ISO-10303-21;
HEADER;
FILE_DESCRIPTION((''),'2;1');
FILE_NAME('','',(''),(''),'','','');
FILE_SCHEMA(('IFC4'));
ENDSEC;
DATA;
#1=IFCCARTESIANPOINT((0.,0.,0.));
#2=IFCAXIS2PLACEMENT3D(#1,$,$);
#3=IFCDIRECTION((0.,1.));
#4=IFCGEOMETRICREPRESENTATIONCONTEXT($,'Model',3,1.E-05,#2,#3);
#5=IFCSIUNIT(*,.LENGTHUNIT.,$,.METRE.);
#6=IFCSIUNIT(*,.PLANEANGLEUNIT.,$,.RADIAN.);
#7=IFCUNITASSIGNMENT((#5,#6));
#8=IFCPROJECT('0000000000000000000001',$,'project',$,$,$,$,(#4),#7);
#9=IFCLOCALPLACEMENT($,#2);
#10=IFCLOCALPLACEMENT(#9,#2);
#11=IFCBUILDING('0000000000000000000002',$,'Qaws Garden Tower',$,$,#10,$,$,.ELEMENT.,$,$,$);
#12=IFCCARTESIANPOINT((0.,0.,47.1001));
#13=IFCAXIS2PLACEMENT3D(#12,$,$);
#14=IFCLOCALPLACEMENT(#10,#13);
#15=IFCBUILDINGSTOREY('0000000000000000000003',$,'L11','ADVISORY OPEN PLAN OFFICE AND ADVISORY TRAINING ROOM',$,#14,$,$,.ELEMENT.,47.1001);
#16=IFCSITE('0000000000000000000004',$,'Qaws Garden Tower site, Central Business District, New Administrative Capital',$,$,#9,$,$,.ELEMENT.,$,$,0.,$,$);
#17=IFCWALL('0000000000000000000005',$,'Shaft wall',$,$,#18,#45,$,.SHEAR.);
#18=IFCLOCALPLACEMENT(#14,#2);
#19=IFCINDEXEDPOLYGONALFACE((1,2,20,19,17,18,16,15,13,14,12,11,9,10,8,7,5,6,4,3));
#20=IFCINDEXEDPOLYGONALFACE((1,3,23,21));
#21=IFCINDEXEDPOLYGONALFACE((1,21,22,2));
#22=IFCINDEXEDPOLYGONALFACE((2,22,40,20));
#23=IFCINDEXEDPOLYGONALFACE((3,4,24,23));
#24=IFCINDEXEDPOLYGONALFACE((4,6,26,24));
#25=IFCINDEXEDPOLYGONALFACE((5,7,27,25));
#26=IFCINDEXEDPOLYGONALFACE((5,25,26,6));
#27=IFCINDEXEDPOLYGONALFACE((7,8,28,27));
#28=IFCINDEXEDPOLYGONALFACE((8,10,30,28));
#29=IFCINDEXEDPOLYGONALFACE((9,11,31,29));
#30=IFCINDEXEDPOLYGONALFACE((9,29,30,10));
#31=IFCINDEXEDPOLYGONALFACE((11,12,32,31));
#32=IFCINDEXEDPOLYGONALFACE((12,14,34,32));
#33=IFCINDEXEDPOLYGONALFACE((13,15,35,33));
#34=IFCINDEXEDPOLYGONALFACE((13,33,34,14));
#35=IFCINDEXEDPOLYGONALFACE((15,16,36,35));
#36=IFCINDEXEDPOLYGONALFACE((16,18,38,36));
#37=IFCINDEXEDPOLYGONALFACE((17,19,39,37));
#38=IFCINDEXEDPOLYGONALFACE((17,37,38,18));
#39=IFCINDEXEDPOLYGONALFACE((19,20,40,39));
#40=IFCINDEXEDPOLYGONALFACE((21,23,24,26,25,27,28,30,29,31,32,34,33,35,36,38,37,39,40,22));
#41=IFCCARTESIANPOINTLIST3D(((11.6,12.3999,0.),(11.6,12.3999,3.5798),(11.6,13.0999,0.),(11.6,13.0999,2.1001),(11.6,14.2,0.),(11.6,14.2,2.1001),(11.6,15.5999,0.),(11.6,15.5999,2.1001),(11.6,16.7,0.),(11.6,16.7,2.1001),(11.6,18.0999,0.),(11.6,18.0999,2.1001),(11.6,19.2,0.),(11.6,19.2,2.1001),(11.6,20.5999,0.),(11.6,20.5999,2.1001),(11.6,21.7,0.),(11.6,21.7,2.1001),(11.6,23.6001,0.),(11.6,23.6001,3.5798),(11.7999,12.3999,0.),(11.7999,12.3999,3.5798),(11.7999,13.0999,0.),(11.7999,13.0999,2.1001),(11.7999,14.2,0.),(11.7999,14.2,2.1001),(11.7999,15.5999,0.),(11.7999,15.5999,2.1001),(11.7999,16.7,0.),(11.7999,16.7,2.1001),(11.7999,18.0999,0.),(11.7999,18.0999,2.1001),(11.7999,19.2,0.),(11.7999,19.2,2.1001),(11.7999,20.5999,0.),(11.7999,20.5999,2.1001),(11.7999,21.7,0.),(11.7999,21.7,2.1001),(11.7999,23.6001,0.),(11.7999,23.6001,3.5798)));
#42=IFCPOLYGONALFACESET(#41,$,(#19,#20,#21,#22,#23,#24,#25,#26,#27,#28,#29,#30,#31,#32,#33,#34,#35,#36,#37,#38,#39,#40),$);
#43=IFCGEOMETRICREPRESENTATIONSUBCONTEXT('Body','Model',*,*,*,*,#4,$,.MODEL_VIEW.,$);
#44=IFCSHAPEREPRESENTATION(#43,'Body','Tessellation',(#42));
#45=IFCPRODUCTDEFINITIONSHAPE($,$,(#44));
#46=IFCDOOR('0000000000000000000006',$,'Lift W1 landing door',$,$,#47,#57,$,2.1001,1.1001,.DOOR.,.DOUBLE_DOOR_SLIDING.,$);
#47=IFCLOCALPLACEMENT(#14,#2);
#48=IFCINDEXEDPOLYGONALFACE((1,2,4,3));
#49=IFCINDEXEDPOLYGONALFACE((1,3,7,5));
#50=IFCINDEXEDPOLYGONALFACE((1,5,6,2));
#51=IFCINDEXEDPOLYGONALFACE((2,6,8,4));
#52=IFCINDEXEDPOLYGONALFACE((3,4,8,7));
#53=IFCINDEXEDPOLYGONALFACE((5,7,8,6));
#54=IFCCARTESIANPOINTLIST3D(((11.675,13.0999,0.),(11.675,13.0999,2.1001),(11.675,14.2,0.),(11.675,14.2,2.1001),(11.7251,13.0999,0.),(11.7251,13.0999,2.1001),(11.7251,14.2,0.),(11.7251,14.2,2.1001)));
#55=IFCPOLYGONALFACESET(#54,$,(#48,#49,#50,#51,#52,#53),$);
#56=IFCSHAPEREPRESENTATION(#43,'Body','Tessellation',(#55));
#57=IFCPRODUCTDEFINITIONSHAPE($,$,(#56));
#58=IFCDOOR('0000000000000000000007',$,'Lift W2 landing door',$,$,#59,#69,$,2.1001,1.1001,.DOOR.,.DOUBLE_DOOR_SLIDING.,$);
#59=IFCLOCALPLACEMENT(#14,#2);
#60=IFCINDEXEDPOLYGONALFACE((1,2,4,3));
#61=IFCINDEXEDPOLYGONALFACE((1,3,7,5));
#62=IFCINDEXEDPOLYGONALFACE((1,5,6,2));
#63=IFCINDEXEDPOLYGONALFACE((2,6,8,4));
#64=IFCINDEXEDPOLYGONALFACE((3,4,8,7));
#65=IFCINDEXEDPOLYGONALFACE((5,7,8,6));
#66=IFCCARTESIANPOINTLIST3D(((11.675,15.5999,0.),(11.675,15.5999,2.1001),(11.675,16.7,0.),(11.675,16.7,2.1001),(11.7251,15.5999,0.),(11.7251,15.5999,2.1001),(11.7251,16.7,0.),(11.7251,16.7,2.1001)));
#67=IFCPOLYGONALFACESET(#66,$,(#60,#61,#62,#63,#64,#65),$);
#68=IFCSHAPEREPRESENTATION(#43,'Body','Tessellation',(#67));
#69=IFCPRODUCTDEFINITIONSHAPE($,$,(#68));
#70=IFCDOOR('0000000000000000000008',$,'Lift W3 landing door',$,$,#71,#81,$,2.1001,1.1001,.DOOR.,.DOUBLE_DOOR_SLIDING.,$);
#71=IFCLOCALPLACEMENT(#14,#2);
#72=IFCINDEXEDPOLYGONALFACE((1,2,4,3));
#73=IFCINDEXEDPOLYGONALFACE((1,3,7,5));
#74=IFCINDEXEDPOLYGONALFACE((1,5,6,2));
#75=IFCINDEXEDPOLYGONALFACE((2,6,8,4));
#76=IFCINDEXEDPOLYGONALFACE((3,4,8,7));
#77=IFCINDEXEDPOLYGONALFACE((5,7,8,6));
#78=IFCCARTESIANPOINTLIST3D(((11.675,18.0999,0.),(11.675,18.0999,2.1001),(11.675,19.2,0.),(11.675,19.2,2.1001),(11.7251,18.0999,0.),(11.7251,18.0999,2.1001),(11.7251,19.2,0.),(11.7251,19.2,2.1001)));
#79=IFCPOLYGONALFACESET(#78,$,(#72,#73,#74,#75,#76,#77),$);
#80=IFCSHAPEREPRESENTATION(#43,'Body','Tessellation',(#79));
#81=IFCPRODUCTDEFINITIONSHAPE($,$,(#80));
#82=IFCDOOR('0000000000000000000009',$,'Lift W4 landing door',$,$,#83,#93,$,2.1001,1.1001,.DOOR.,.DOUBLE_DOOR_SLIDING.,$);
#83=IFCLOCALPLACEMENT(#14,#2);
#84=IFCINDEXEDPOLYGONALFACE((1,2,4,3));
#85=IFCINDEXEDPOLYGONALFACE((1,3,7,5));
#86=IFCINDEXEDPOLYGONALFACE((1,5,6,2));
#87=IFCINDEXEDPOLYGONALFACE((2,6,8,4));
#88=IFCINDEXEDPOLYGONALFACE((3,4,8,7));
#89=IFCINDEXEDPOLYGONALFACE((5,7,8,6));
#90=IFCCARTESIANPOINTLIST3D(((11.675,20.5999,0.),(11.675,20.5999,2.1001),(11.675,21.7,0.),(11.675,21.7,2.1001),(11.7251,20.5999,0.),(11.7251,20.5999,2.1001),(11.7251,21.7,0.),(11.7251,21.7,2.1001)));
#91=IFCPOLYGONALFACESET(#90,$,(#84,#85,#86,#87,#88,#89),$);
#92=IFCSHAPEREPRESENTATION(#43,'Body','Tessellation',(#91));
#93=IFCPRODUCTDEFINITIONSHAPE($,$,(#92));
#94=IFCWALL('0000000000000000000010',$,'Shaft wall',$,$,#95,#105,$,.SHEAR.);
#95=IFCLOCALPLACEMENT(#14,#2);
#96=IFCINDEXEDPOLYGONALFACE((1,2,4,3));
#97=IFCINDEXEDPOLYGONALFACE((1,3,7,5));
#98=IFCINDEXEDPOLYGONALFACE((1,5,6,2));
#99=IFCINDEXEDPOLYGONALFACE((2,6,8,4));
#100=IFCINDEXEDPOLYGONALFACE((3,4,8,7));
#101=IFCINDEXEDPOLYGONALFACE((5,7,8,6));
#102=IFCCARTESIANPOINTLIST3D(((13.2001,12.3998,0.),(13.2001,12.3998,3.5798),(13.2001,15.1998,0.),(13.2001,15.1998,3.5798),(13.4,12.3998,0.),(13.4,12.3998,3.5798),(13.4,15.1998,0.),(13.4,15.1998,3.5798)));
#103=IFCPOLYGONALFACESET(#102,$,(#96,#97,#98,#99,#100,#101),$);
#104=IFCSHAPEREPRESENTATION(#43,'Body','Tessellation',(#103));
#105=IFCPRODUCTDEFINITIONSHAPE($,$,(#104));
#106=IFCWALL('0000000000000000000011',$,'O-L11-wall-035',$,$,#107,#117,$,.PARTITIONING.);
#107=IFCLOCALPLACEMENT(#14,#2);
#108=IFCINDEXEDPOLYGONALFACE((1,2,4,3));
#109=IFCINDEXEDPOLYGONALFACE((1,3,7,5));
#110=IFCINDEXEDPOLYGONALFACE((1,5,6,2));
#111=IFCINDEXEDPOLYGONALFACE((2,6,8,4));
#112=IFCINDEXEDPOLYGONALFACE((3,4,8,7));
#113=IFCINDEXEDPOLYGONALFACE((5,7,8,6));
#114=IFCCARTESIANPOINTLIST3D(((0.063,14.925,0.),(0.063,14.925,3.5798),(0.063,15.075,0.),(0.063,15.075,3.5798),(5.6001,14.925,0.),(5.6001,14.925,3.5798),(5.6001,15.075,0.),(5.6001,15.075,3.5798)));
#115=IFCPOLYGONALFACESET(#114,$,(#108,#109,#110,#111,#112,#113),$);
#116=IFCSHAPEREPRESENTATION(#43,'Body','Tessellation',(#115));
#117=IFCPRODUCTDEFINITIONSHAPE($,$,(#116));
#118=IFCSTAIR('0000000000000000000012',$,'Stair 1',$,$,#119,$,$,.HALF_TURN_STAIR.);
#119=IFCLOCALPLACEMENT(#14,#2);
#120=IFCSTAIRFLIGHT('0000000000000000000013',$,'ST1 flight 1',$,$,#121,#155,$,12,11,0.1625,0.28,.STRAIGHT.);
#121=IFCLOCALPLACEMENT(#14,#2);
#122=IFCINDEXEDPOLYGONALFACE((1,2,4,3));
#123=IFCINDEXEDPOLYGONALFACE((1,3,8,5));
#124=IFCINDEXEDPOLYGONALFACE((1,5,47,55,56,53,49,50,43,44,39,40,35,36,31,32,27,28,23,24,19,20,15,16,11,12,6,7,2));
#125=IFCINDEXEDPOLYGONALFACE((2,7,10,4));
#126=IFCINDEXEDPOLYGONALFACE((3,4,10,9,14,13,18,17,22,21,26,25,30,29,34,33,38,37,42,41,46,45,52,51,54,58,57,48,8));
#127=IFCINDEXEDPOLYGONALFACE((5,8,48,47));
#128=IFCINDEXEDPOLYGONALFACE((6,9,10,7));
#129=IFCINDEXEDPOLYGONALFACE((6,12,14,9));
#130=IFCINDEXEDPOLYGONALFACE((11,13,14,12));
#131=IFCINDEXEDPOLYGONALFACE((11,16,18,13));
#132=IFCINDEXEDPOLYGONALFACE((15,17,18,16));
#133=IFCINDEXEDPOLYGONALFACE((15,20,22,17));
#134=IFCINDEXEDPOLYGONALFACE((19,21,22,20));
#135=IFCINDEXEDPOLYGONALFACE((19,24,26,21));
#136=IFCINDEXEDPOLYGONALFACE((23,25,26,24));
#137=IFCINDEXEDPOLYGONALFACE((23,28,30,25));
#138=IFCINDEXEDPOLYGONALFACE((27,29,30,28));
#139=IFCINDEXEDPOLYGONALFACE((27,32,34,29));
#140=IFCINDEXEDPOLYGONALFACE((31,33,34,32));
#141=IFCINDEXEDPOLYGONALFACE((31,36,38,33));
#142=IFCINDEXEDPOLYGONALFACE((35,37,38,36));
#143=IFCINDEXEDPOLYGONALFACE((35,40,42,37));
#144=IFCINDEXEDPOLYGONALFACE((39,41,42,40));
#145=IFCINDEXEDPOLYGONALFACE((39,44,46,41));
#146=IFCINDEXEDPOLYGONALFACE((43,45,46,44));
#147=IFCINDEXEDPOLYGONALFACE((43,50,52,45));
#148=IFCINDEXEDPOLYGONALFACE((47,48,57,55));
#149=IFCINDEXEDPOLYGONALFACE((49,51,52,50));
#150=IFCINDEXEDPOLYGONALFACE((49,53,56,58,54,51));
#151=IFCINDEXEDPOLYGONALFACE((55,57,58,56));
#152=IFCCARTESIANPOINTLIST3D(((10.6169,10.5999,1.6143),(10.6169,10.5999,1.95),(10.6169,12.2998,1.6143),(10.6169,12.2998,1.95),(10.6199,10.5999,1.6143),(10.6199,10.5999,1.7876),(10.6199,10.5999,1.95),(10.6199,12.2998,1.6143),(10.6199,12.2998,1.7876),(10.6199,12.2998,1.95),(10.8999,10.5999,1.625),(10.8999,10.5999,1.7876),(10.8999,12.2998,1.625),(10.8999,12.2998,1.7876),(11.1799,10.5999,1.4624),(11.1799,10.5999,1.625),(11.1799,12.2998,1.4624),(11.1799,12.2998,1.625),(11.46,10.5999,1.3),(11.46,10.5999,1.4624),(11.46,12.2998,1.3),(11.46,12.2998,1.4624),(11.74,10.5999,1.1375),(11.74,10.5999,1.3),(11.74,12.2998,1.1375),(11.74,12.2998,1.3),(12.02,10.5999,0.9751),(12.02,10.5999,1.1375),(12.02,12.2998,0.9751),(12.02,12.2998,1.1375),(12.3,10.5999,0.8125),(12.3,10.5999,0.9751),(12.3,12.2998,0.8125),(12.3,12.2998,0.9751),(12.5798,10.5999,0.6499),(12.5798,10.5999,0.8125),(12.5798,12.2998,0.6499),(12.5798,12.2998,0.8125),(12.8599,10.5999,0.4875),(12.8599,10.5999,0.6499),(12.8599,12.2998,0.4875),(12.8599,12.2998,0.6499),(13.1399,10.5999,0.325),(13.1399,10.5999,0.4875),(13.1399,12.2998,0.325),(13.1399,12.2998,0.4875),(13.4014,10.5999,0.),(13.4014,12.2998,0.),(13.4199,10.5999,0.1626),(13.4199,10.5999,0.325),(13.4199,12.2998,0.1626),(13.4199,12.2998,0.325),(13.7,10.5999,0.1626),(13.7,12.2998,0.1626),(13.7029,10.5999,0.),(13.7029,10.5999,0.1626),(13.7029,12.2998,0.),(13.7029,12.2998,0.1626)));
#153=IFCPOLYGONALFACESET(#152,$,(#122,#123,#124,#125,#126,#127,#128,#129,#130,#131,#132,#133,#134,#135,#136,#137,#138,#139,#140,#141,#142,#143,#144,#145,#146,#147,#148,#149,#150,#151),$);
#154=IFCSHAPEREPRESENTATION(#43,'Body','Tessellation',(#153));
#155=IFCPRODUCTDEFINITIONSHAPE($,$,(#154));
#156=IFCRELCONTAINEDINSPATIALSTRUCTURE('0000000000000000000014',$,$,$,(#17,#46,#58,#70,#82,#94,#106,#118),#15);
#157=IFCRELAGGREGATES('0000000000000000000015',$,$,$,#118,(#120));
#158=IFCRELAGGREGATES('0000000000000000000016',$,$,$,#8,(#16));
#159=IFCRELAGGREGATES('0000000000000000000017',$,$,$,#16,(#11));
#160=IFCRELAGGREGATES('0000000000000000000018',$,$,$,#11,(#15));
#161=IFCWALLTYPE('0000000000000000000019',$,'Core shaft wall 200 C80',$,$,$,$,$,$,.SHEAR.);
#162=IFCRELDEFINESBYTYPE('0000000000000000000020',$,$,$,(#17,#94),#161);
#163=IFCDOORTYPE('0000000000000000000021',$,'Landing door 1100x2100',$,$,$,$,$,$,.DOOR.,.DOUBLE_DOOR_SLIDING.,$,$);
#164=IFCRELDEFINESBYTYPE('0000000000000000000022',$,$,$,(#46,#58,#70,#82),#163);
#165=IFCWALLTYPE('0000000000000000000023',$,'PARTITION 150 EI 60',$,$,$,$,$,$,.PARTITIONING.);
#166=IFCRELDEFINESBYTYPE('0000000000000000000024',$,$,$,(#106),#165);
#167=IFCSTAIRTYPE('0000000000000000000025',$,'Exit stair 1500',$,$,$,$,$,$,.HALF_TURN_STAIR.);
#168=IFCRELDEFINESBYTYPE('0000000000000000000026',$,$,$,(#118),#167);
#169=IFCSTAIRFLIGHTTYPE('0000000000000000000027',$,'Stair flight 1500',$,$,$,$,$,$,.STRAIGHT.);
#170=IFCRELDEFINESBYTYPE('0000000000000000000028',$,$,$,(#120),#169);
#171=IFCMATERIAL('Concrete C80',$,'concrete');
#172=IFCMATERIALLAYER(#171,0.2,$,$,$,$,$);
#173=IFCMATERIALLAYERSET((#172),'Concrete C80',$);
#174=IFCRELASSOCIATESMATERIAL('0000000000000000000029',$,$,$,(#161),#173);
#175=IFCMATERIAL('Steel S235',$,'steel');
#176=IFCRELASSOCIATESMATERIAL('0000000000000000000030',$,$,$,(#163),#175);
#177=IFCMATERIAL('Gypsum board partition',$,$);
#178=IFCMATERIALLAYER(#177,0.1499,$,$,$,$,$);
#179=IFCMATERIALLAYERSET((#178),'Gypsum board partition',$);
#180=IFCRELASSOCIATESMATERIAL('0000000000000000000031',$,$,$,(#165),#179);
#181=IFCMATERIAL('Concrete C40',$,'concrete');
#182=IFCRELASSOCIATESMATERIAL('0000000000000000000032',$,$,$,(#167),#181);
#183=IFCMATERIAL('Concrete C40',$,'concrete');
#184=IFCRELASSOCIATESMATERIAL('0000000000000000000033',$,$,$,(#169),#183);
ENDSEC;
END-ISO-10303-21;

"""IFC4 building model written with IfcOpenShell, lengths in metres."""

from ifc_helpers import new_model, si_unit, direction, frame, frame_2d, origin, place, context, subcontext, project, spatial, polyline, rectangle, outline, extrude, material, layer, layer_set, type_object, element, fill, aggregate, save


model = new_model("IFC4")

# Units and contexts
model_context = context("Model", 3, precision=1e-05, world=origin(), true_north=direction((0.0, 1.0)))
body_context = subcontext(model_context, "Body", "Model", "MODEL_VIEW")
ifc_project = project(units=[si_unit("LENGTHUNIT", "METRE"), si_unit("PLANEANGLEUNIT", "RADIAN")], contexts=[model_context])

# Site, building, storey
site_placement = place(None, origin())
site = spatial("IfcSite", under=ifc_project, at=site_placement, Name="Qaws Garden Tower site, Central Business District, New Administrative Capital", CompositionType="ELEMENT", RefElevation=0.0)
building_placement = place(site_placement, origin())
building = spatial("IfcBuilding", under=site, at=building_placement, Name="Qaws Garden Tower", CompositionType="ELEMENT")
storey_placement = place(building_placement, frame((0.0, 0.0, 47.1001)))
storey = spatial("IfcBuildingStorey", under=building, at=storey_placement, Name="L11", Description="ADVISORY OPEN PLAN OFFICE AND ADVISORY TRAINING ROOM", CompositionType="ELEMENT", Elevation=47.1001)

# Shared definitions
ifc_material_1 = material(Name="Concrete C80", Category="concrete")
ifc_layer_1 = layer(ifc_material_1, 0.2)
ifc_layer_set_1 = layer_set([ifc_layer_1], Name="Concrete C80")
wall_type_1 = type_object("IfcWallType", Name="Core shaft wall 200 C80", PredefinedType="SHEAR", material=ifc_layer_set_1)

# Wall, openings, doors
wall_1_placement = place(storey_placement, frame((11.7, 12.3999, 0.0), z_axis=(0.0, 0.0, 1.0), x_axis=(0.0, 1.0, 0.0)))
wall_1 = element("IfcWall", 1, at=wall_1_placement, inside=storey, type_object=wall_type_1, Name="Shaft wall", PredefinedType="SHEAR", context=body_context, shape_type="SweptSolid", body=[
    extrude(rectangle(XDim=11.2002, YDim=0.2, at=frame_2d((5.6001, 0.0))), origin(), (0.0, 0.0, 1.0), 3.5798),
])
opening_1_placement = place(wall_1_placement, frame((0.7, 0.0, 0.0)))
opening_1 = element("IfcOpeningElement", 2, at=opening_1_placement, cuts=wall_1, PredefinedType="OPENING", context=body_context, shape_type="SweptSolid", body=[
    extrude(rectangle(XDim=1.1001, YDim=2.1001, at=frame_2d((0.55, 1.05))), frame((0.0, 0.1099, 0.0), z_axis=(0.0, -1.0, 0.0), x_axis=(1.0, 0.0, 0.0)), (0.0, 0.0, 1.0), 0.22),
])
opening_2_placement = place(wall_1_placement, frame((3.2, 0.0, 0.0)))
opening_2 = element("IfcOpeningElement", 3, at=opening_2_placement, cuts=wall_1, PredefinedType="OPENING", context=body_context, shape_type="SweptSolid", body=[
    extrude(rectangle(XDim=1.1001, YDim=2.1001, at=frame_2d((0.55, 1.05))), frame((0.0, 0.1099, 0.0), z_axis=(0.0, -1.0, 0.0), x_axis=(1.0, 0.0, 0.0)), (0.0, 0.0, 1.0), 0.22),
])
opening_3_placement = place(wall_1_placement, frame((5.7, 0.0, 0.0)))
opening_3 = element("IfcOpeningElement", 4, at=opening_3_placement, cuts=wall_1, PredefinedType="OPENING", context=body_context, shape_type="SweptSolid", body=[
    extrude(rectangle(XDim=1.1001, YDim=2.1001, at=frame_2d((0.55, 1.05))), frame((0.0, 0.1099, 0.0), z_axis=(0.0, -1.0, 0.0), x_axis=(1.0, 0.0, 0.0)), (0.0, 0.0, 1.0), 0.22),
])
opening_4_placement = place(wall_1_placement, frame((8.2, 0.0, 0.0)))
opening_4 = element("IfcOpeningElement", 5, at=opening_4_placement, cuts=wall_1, PredefinedType="OPENING", context=body_context, shape_type="SweptSolid", body=[
    extrude(rectangle(XDim=1.1001, YDim=2.1001, at=frame_2d((0.55, 1.05))), frame((0.0, 0.1099, 0.0), z_axis=(0.0, -1.0, 0.0), x_axis=(1.0, 0.0, 0.0)), (0.0, 0.0, 1.0), 0.22),
])
ifc_material_2 = material(Name="Steel S235", Category="steel")
door_type = type_object("IfcDoorType", Name="Landing door 1100x2100", OperationType="DOUBLE_DOOR_SLIDING", PredefinedType="DOOR", material=ifc_material_2)
door_1_placement = place(opening_1_placement, origin())
door_1 = element("IfcDoor", 6, at=door_1_placement, inside=storey, type_object=door_type, Name="Lift W1 landing door", OperationType="DOUBLE_DOOR_SLIDING", OverallHeight=2.1001, OverallWidth=1.1001, PredefinedType="DOOR", context=body_context, shape_type="SweptSolid", body=[
    extrude(rectangle(XDim=1.1001, YDim=2.1001, at=frame_2d((0.55, 1.05))), frame((0.0, 0.0249, 0.0), z_axis=(0.0, -1.0, 0.0), x_axis=(1.0, 0.0, 0.0)), (0.0, 0.0, 1.0), 0.05),
])
fill(opening_1, door_1)
door_2_placement = place(opening_2_placement, origin())
door_2 = element("IfcDoor", 7, at=door_2_placement, inside=storey, type_object=door_type, Name="Lift W2 landing door", OperationType="DOUBLE_DOOR_SLIDING", OverallHeight=2.1001, OverallWidth=1.1001, PredefinedType="DOOR", context=body_context, shape_type="SweptSolid", body=[
    extrude(rectangle(XDim=1.1001, YDim=2.1001, at=frame_2d((0.55, 1.05))), frame((0.0, 0.0249, 0.0), z_axis=(0.0, -1.0, 0.0), x_axis=(1.0, 0.0, 0.0)), (0.0, 0.0, 1.0), 0.05),
])
fill(opening_2, door_2)
door_3_placement = place(opening_3_placement, origin())
door_3 = element("IfcDoor", 8, at=door_3_placement, inside=storey, type_object=door_type, Name="Lift W3 landing door", OperationType="DOUBLE_DOOR_SLIDING", OverallHeight=2.1001, OverallWidth=1.1001, PredefinedType="DOOR", context=body_context, shape_type="SweptSolid", body=[
    extrude(rectangle(XDim=1.1001, YDim=2.1001, at=frame_2d((0.55, 1.05))), frame((0.0, 0.0249, 0.0), z_axis=(0.0, -1.0, 0.0), x_axis=(1.0, 0.0, 0.0)), (0.0, 0.0, 1.0), 0.05),
])
fill(opening_3, door_3)
door_4_placement = place(opening_4_placement, origin())
door_4 = element("IfcDoor", 9, at=door_4_placement, inside=storey, type_object=door_type, Name="Lift W4 landing door", OperationType="DOUBLE_DOOR_SLIDING", OverallHeight=2.1001, OverallWidth=1.1001, PredefinedType="DOOR", context=body_context, shape_type="SweptSolid", body=[
    extrude(rectangle(XDim=1.1001, YDim=2.1001, at=frame_2d((0.55, 1.05))), frame((0.0, 0.0249, 0.0), z_axis=(0.0, -1.0, 0.0), x_axis=(1.0, 0.0, 0.0)), (0.0, 0.0, 1.0), 0.05),
])
fill(opening_4, door_4)

# Walls
wall_2_placement = place(storey_placement, frame((13.3, 12.3999, 0.0), z_axis=(0.0, 0.0, 1.0), x_axis=(0.0, 1.0, 0.0)))
element("IfcWall", 10, at=wall_2_placement, inside=storey, type_object=wall_type_1, Name="Shaft wall", PredefinedType="SHEAR", context=body_context, shape_type="SweptSolid", body=[
    extrude(rectangle(XDim=2.8, YDim=0.2, at=frame_2d((1.3999, 0.0))), origin(), (0.0, 0.0, 1.0), 3.5798),
])
ifc_material_3 = material(Name="Gypsum board partition")
ifc_layer_2 = layer(ifc_material_3, 0.1499)
ifc_layer_set_2 = layer_set([ifc_layer_2], Name="Gypsum board partition")
wall_type_2 = type_object("IfcWallType", Name="PARTITION 150 EI 60", PredefinedType="PARTITIONING", material=ifc_layer_set_2)
wall_3_placement = place(storey_placement, frame((0.063, 15.0, 0.0), z_axis=(0.0, 0.0, 1.0), x_axis=(1.0, 0.0, 0.0)))
element("IfcWall", 11, at=wall_3_placement, inside=storey, type_object=wall_type_2, Name="O-L11-wall-035", PredefinedType="PARTITIONING", context=body_context, shape_type="SweptSolid", body=[
    extrude(rectangle(XDim=5.5371, YDim=0.1499, at=frame_2d((2.7686, 0.0))), origin(), (0.0, 0.0, 1.0), 3.5798),
])

# Stair, stair flight
ifc_material_4 = material(Name="Concrete C40", Category="concrete")
stair_type = type_object("IfcStairType", Name="Exit stair 1500", PredefinedType="HALF_TURN_STAIR", material=ifc_material_4)
stair_placement = place(storey_placement, origin())
stair = element("IfcStair", 12, at=stair_placement, inside=storey, type_object=stair_type, Name="Stair 1", PredefinedType="HALF_TURN_STAIR")
ifc_material_5 = material(Name="Concrete C40", Category="concrete")
stair_flight_type = type_object("IfcStairFlightType", Name="Stair flight 1500", PredefinedType="STRAIGHT", material=ifc_material_5)
stair_flight_1_placement = place(storey_placement, frame((13.7, 11.45, 0.0), z_axis=(0.0, 0.0, 1.0), x_axis=(-1.0, 0.0, 0.0)))
stair_flight_1 = element("IfcStairFlight", 13, at=stair_flight_1_placement, type_object=stair_flight_type, Name="ST1 flight 1", NumberOfRisers=12, NumberOfTreads=11, PredefinedType="STRAIGHT", RiserHeight=0.1625, TreadLength=0.28, context=body_context, shape_type="SweptSolid", body=[
    extrude(outline(polyline([(-0.0029, 0.0), (-0.0029, 0.1626), (0.0, 0.1626), (0.28, 0.1626), (0.28, 0.325), (0.5601, 0.325), (0.5601, 0.4875), (0.8401, 0.4875), (0.8401, 0.6499), (1.1201, 0.6499), (1.1201, 0.8125), (1.3999, 0.8125), (1.3999, 0.9751), (1.6799, 0.9751), (1.6799, 1.1375), (1.96, 1.1375), (1.96, 1.3), (2.24, 1.3), (2.24, 1.4624), (2.52, 1.4624), (2.52, 1.625), (2.8, 1.625), (2.8, 1.7876), (3.0801, 1.7876), (3.0801, 1.95), (3.083, 1.95), (3.083, 1.6143), (3.0801, 1.6143), (0.2986, 0.0), (-0.0029, 0.0)])), frame((0.0, 0.8501, 0.0), z_axis=(0.0, -1.0, 0.0), x_axis=(1.0, 0.0, 0.0)), (0.0, 0.0, 1.0), 1.7),
])
aggregate(stair, [stair_flight_1])

save(model, "model.ifc")
